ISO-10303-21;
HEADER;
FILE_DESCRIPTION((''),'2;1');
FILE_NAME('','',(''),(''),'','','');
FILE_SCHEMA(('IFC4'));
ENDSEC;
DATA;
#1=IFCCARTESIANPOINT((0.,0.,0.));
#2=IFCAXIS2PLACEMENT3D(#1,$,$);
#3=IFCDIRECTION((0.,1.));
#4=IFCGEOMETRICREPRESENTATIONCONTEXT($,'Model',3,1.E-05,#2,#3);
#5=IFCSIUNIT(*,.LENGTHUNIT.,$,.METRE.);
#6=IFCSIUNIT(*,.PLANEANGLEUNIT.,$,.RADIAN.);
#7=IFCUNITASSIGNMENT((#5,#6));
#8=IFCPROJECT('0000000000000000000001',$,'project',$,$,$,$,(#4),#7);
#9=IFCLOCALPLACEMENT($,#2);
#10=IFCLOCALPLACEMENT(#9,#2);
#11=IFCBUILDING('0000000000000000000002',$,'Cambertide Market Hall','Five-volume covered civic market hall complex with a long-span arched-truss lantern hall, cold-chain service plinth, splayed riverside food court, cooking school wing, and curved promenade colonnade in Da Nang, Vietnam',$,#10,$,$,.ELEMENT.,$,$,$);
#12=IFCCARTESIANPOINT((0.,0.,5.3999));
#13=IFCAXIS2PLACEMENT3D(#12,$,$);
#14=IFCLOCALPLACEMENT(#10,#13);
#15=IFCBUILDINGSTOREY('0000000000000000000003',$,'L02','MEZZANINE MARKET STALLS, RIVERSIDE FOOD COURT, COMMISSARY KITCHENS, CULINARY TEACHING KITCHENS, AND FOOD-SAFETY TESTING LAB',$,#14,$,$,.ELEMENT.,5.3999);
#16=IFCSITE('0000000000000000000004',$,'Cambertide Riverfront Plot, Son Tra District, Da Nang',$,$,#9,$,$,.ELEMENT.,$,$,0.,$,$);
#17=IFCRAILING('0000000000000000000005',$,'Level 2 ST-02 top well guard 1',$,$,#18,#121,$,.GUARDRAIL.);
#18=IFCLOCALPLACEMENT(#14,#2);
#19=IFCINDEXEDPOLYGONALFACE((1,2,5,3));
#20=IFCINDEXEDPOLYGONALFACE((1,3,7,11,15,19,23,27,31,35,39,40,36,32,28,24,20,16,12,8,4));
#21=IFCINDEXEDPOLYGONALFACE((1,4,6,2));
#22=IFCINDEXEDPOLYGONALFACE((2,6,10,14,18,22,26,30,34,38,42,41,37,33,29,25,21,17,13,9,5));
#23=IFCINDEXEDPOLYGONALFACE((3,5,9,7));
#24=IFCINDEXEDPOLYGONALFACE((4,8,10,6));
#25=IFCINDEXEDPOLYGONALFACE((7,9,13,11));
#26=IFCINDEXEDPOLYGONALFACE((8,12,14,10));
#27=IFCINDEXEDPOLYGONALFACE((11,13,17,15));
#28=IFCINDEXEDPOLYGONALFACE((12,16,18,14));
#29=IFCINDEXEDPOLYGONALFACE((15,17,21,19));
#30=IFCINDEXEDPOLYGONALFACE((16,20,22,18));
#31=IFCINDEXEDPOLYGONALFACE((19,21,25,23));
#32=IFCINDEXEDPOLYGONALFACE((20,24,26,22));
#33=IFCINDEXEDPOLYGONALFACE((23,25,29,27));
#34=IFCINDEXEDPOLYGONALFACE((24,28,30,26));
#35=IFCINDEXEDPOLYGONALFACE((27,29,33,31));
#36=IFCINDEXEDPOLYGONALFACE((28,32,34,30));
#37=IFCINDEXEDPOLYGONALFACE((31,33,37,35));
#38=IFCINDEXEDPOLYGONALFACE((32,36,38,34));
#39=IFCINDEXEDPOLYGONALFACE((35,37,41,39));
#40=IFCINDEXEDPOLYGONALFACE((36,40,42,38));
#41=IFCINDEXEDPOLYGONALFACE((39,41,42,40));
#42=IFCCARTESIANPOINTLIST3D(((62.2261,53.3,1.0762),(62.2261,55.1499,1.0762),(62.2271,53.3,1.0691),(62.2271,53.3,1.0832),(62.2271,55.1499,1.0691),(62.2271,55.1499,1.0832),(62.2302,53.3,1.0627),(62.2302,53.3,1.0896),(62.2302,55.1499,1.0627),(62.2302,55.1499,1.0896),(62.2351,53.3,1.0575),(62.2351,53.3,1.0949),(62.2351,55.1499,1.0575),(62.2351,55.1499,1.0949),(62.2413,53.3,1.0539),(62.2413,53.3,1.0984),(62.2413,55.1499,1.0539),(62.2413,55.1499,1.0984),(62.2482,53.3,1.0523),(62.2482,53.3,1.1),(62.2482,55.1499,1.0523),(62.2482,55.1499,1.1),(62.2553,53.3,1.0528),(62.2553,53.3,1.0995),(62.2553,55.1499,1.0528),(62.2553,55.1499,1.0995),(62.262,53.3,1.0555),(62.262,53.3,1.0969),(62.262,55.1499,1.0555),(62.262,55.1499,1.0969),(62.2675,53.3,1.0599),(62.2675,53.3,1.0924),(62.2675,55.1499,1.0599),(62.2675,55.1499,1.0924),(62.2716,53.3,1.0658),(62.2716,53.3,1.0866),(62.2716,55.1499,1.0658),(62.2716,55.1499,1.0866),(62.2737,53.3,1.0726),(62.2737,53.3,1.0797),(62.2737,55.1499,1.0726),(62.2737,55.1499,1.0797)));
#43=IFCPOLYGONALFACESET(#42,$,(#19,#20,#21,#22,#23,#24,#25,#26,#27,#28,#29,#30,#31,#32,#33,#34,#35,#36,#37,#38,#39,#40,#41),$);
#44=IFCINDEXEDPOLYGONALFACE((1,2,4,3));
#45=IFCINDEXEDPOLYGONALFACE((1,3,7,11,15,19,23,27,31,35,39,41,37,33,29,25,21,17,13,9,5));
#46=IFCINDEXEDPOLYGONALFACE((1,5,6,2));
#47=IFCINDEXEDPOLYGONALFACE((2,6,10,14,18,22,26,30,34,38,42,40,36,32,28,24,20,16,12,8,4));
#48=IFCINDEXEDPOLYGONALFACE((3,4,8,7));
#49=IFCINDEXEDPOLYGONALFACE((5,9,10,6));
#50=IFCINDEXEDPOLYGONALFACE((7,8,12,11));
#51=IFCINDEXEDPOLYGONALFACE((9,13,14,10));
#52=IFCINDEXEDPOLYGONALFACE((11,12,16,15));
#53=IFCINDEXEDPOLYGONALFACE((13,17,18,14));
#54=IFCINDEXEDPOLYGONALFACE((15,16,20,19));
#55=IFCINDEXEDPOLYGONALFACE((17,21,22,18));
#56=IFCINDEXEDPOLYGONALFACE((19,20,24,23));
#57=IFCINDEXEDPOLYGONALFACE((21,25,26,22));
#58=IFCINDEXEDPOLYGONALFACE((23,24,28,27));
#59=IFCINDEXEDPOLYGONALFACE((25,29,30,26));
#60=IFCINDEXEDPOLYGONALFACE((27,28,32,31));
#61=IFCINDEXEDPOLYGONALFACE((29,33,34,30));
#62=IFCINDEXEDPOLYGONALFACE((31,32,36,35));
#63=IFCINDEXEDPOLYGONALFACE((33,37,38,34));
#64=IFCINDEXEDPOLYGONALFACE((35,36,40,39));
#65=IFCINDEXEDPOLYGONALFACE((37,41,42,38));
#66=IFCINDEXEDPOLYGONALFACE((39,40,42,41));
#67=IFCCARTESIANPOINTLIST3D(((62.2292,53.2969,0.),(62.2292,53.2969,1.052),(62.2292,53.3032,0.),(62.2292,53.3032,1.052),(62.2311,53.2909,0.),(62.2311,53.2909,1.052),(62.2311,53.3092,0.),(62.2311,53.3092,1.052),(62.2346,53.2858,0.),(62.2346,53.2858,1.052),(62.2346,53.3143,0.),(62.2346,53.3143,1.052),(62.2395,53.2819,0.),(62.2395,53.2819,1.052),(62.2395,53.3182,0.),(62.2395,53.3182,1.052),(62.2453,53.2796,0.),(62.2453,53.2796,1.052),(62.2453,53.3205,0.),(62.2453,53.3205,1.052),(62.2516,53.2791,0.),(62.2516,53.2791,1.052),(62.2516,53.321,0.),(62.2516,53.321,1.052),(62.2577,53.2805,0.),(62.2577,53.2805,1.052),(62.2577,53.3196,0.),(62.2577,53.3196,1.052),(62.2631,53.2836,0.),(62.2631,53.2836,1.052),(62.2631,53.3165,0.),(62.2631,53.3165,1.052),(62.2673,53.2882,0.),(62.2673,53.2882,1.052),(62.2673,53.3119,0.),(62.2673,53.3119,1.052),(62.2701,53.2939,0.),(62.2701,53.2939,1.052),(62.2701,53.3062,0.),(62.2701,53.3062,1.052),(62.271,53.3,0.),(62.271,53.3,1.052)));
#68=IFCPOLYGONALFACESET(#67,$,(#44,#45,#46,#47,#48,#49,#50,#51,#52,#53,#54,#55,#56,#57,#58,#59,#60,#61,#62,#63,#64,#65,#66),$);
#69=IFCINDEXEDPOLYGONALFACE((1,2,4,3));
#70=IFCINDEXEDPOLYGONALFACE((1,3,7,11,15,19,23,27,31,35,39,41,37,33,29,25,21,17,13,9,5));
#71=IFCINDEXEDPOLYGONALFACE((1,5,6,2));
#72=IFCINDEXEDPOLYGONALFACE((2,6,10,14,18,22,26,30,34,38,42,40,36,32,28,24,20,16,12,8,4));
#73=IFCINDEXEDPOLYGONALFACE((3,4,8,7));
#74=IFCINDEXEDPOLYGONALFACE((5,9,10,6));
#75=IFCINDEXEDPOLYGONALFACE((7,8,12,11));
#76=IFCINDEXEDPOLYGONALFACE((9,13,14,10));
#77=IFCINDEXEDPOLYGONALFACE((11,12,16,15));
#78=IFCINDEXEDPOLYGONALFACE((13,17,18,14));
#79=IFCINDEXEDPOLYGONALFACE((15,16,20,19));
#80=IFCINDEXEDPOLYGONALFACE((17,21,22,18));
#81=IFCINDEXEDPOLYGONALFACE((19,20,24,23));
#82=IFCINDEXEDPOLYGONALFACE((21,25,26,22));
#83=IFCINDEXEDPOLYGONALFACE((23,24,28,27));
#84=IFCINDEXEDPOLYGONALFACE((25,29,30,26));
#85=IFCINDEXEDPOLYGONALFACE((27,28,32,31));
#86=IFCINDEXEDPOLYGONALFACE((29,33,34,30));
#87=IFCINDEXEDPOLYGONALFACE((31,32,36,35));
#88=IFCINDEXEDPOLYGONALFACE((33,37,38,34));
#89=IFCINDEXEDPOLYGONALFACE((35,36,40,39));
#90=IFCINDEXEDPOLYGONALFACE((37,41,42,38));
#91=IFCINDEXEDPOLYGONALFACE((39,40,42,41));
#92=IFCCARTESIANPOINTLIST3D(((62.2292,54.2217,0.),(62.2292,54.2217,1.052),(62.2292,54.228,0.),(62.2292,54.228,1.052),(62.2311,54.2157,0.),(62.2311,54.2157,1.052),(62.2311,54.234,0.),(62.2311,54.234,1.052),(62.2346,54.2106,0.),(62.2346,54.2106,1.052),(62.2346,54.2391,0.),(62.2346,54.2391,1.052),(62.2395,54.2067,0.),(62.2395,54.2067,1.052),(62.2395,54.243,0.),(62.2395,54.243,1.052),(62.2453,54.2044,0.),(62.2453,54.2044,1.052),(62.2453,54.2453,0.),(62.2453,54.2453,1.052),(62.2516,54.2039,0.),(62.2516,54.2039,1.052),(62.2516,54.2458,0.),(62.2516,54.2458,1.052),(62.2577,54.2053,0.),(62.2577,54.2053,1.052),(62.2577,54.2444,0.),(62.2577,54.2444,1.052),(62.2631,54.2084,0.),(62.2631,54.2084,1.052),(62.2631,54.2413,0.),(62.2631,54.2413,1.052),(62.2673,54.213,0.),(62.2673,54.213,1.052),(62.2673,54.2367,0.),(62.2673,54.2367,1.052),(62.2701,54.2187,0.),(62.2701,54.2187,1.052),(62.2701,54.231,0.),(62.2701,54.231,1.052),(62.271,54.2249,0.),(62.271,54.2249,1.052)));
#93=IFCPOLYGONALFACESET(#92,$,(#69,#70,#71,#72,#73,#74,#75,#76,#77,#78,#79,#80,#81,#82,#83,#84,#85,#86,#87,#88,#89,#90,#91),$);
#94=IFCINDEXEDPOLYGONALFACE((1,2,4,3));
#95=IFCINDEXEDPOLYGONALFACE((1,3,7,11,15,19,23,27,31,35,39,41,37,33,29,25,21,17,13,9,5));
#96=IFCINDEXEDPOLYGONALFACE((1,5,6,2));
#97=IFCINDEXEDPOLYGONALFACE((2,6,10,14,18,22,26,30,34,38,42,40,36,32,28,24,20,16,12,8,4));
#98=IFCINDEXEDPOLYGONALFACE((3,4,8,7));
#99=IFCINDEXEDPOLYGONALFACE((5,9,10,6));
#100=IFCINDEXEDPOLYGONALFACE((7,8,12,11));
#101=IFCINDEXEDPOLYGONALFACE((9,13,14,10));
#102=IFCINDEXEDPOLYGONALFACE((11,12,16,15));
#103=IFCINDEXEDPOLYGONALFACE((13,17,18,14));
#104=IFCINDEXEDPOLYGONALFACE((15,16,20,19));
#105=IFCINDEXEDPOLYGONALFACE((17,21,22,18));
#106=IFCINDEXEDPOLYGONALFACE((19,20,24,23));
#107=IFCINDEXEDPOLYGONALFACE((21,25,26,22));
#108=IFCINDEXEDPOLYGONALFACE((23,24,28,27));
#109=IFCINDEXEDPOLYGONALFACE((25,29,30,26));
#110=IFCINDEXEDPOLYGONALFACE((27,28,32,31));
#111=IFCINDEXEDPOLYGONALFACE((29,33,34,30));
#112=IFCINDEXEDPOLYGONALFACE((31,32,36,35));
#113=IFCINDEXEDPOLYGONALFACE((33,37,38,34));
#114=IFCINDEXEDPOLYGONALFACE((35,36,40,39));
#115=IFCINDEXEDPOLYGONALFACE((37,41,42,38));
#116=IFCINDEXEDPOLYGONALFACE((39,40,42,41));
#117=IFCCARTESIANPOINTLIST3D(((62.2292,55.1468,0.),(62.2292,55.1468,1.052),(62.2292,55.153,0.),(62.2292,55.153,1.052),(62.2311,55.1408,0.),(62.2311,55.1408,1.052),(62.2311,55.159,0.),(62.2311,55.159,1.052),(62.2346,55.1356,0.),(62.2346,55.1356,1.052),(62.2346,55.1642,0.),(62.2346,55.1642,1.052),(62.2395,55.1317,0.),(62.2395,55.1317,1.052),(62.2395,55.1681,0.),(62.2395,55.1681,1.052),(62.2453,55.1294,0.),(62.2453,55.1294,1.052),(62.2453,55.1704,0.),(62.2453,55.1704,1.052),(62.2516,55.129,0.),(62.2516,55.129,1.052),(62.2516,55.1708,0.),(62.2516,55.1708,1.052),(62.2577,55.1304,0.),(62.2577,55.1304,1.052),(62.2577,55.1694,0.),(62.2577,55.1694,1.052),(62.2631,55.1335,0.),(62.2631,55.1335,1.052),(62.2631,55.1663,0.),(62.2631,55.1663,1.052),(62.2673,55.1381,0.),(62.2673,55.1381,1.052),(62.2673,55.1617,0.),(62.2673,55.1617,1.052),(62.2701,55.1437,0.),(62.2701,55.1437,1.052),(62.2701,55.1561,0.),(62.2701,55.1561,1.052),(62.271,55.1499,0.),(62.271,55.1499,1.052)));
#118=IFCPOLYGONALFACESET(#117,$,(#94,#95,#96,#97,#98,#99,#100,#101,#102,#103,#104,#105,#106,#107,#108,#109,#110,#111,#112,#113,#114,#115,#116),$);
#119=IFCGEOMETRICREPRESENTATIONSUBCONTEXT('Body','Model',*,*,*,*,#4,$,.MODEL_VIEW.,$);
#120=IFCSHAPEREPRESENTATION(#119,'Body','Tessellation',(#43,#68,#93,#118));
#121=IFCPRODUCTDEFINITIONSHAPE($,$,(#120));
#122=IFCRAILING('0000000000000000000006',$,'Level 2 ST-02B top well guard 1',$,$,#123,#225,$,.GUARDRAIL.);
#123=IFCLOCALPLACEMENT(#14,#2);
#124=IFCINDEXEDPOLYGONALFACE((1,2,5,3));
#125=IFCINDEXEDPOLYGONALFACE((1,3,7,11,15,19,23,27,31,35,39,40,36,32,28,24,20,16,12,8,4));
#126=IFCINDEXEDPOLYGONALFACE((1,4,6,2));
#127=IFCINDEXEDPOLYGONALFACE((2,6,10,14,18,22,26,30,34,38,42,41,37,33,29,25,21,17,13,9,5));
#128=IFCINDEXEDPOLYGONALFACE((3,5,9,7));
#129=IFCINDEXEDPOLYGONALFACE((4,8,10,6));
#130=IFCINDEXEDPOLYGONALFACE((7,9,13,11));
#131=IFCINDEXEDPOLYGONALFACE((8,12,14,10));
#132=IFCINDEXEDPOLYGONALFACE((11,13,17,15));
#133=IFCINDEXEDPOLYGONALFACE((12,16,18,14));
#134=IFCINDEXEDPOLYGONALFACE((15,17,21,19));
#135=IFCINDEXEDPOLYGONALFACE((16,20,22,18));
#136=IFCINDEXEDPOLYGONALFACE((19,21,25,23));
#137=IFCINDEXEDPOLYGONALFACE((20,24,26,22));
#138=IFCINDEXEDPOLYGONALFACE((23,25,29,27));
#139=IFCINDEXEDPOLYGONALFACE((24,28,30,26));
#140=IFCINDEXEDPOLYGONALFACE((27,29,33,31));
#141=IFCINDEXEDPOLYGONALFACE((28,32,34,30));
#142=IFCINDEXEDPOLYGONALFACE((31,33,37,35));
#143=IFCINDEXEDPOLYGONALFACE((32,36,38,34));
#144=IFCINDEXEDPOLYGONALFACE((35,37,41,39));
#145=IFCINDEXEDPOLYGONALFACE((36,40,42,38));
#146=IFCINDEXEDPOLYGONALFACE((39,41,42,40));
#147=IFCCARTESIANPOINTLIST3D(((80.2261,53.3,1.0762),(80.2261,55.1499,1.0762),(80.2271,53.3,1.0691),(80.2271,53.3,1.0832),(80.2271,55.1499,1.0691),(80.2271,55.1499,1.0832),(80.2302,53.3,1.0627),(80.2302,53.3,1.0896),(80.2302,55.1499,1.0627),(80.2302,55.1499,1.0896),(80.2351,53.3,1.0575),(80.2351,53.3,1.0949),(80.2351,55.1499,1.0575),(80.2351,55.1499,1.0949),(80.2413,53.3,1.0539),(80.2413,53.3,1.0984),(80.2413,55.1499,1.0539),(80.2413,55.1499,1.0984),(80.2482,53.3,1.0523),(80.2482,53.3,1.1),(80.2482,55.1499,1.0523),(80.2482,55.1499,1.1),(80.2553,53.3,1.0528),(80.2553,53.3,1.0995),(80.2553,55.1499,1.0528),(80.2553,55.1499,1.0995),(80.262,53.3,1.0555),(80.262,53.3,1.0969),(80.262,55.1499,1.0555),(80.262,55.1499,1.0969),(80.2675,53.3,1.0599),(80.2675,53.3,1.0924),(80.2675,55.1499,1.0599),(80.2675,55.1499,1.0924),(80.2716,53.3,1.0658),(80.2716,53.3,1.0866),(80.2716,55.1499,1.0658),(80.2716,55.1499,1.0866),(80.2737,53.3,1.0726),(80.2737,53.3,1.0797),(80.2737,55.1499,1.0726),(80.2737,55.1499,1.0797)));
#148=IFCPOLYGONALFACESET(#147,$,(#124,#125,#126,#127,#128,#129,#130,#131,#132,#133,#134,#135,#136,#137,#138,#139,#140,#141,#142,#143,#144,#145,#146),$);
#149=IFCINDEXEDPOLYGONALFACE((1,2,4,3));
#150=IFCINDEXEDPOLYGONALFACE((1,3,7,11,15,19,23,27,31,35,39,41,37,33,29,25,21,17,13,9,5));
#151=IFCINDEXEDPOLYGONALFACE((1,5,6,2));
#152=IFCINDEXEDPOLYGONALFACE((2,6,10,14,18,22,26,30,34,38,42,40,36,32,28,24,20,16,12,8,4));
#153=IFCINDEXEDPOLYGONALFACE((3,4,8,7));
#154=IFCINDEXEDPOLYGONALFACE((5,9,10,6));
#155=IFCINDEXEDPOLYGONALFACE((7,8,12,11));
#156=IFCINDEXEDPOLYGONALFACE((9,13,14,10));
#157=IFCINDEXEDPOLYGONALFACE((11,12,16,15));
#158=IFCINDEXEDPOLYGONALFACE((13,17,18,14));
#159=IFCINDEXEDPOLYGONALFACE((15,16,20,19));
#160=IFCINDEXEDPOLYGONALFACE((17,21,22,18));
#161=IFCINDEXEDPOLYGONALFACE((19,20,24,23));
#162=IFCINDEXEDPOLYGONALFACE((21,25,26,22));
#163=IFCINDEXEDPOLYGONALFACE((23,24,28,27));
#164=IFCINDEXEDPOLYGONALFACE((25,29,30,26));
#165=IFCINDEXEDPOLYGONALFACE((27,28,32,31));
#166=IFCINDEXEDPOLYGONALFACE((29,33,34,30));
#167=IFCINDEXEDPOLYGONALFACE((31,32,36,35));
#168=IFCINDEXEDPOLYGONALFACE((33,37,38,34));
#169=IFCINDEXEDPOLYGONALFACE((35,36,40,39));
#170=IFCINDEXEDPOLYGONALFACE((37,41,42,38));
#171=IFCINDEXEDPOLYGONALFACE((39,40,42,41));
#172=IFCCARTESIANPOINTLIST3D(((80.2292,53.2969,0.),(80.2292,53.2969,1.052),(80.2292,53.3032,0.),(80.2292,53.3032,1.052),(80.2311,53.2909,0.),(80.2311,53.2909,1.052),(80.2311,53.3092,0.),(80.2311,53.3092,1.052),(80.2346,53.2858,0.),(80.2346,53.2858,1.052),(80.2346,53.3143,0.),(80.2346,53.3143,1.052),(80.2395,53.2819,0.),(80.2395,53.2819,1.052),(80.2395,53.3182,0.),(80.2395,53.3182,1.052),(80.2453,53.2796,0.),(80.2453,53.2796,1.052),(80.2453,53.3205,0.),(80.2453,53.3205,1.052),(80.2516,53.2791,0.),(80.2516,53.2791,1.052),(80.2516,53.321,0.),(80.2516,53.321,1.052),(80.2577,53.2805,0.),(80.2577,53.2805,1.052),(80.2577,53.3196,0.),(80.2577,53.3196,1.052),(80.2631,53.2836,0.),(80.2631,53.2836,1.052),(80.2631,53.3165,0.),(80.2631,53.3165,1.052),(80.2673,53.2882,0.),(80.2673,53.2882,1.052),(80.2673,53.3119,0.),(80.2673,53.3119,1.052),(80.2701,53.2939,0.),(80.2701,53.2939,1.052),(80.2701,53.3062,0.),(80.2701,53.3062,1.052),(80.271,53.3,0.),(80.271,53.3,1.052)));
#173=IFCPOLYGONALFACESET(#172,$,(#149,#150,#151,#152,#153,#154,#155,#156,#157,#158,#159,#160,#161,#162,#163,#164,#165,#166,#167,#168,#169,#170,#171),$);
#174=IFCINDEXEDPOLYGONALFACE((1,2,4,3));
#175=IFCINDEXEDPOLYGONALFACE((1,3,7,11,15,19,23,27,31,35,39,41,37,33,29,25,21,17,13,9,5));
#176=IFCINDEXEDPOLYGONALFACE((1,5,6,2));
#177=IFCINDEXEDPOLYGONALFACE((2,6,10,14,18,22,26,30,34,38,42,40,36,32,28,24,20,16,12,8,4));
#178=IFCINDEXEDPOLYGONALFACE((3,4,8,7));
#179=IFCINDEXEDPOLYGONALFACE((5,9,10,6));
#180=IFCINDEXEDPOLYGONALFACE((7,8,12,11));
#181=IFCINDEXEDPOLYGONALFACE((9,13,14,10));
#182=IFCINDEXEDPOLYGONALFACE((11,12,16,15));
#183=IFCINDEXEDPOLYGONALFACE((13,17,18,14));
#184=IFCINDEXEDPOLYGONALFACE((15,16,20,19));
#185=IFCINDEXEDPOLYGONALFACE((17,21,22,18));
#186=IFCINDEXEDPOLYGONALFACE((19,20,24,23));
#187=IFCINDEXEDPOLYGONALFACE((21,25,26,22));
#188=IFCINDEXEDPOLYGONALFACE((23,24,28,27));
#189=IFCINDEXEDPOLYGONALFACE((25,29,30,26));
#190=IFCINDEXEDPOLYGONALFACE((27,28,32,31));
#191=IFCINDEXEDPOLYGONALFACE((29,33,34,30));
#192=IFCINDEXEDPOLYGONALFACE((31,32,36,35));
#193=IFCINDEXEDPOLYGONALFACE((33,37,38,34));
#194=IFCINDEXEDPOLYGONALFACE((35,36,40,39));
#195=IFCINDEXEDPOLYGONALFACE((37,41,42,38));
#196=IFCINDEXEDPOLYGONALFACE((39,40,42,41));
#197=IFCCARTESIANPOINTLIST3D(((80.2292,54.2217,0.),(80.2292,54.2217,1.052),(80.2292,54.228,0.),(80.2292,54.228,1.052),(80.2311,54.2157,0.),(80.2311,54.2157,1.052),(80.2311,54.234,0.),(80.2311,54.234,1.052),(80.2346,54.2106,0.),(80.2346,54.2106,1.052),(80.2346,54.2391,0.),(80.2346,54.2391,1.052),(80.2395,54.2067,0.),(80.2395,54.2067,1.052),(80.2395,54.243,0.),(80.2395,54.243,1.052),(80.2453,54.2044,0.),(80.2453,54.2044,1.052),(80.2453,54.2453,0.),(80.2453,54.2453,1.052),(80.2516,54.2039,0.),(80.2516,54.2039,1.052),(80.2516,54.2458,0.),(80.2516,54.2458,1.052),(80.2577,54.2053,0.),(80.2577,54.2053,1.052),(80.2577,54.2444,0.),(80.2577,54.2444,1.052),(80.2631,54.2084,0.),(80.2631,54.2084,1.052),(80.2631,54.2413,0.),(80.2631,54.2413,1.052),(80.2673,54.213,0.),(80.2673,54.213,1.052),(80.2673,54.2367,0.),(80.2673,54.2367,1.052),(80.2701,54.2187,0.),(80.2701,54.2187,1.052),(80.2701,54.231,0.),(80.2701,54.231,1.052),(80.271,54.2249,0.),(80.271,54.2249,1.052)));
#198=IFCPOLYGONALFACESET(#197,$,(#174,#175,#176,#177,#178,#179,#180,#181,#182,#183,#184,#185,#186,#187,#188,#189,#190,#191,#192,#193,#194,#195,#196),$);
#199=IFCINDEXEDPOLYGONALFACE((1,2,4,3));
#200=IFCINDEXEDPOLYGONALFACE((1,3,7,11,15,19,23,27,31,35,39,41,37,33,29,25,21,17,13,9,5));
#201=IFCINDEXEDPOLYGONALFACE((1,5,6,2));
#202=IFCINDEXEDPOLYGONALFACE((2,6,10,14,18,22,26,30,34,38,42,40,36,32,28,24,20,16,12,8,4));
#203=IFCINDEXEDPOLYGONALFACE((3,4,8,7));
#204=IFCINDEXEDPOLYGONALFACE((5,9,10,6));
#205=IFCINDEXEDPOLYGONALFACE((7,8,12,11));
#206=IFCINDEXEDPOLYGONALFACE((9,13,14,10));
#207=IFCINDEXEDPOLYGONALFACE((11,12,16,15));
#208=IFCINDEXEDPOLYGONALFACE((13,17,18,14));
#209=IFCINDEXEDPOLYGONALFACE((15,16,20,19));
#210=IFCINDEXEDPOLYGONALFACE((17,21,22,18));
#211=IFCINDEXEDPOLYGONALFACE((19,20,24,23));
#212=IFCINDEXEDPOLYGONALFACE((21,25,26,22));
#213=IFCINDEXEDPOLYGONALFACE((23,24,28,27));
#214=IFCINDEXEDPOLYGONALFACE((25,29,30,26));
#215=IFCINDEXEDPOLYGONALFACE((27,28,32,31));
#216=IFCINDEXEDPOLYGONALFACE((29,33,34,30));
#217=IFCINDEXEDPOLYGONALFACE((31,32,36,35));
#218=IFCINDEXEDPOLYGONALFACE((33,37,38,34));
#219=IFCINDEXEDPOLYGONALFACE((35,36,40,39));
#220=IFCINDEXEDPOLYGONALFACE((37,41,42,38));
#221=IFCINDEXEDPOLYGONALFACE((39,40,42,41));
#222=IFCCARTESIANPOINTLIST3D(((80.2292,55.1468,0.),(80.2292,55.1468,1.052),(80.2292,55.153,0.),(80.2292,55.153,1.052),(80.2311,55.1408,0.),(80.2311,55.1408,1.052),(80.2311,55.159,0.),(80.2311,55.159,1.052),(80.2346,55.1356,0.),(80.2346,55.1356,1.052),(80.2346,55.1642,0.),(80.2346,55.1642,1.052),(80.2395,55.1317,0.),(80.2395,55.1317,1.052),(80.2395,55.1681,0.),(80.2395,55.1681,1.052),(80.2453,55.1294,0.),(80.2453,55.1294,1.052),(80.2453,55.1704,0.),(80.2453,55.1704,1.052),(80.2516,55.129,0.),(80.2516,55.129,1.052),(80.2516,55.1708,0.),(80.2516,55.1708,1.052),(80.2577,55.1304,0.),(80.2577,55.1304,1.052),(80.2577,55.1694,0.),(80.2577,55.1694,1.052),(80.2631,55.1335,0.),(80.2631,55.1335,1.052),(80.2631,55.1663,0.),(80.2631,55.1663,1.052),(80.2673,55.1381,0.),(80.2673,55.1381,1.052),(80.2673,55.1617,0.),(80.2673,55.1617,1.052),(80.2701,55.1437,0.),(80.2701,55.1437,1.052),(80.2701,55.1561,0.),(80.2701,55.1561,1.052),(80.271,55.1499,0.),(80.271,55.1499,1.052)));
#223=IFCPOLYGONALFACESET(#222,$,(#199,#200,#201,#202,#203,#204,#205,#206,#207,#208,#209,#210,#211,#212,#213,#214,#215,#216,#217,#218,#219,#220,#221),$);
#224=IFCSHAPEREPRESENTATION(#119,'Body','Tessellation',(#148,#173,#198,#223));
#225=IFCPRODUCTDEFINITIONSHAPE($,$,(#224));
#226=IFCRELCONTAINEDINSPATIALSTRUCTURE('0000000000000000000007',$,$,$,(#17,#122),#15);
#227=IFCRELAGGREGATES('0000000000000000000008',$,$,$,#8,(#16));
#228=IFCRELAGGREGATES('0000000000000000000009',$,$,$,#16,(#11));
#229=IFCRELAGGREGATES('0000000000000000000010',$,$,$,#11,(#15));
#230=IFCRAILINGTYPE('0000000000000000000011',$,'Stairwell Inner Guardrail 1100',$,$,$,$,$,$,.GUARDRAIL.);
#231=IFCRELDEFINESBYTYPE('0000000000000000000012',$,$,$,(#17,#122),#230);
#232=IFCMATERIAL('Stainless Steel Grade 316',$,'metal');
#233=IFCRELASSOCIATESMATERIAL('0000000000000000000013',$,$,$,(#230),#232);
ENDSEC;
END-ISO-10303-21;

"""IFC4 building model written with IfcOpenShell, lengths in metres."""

from ifc_helpers import new_model, si_unit, direction, frame, origin, origin_2d, place, context, subcontext, project, spatial, circle, extrude, material, type_object, element, save


model = new_model("IFC4")

# Units and contexts
model_context = context("Model", 3, precision=1e-05, world=origin(), true_north=direction((0.0, 1.0)))
body_context = subcontext(model_context, "Body", "Model", "MODEL_VIEW")
ifc_project = project(units=[si_unit("LENGTHUNIT", "METRE"), si_unit("PLANEANGLEUNIT", "RADIAN")], contexts=[model_context])

# Site, building, storey
site_placement = place(None, origin())
site = spatial("IfcSite", under=ifc_project, at=site_placement, Name="Cambertide Riverfront Plot, Son Tra District, Da Nang", CompositionType="ELEMENT", RefElevation=0.0)
building_placement = place(site_placement, origin())
building = spatial("IfcBuilding", under=site, at=building_placement, Name="Cambertide Market Hall", Description="Five-volume covered civic market hall complex with a long-span arched-truss lantern hall, cold-chain service plinth, splayed riverside food court, cooking school wing, and curved promenade colonnade in Da Nang, Vietnam", CompositionType="ELEMENT")
storey_placement = place(building_placement, frame((0.0, 0.0, 5.3999)))
storey = spatial("IfcBuildingStorey", under=building, at=storey_placement, Name="L02", Description="MEZZANINE MARKET STALLS, RIVERSIDE FOOD COURT, COMMISSARY KITCHENS, CULINARY TEACHING KITCHENS, AND FOOD-SAFETY TESTING LAB", CompositionType="ELEMENT", Elevation=5.3999)

# Railings
ifc_material_1 = material(Name="Stainless Steel Grade 316", Category="metal")
railing_type = type_object("IfcRailingType", Name="Stairwell Inner Guardrail 1100", PredefinedType="GUARDRAIL", material=ifc_material_1)
for number, where, name in (
    (1, (62.25, 53.3, 0.0), "Level 2 ST-02 top well guard 1"),
    (2, (80.25, 53.3, 0.0), "Level 2 ST-02B top well guard 1"),
):
    element("IfcRailing", number, at=place(storey_placement, frame(where)), inside=storey, type_object=railing_type, Name=name, PredefinedType="GUARDRAIL", context=body_context, shape_type="SweptSolid", body=[
        extrude(circle(Radius=0.0239, at=origin_2d()), frame((0.0, 0.0, 1.0762), z_axis=(0.0, 1.0, 0.0), x_axis=(-1.0, 0.0, 0.0)), (0.0, 0.0, 1.0), 1.8499),
        extrude(circle(Radius=0.021, at=origin_2d()), origin(), (0.0, 0.0, 1.0), 1.052),
        extrude(circle(Radius=0.021, at=origin_2d()), frame((0.0, 0.9248, 0.0)), (0.0, 0.0, 1.0), 1.052),
        extrude(circle(Radius=0.021, at=origin_2d()), frame((0.0, 1.8499, 0.0)), (0.0, 0.0, 1.0), 1.052),
    ])

save(model, "model.ifc")
